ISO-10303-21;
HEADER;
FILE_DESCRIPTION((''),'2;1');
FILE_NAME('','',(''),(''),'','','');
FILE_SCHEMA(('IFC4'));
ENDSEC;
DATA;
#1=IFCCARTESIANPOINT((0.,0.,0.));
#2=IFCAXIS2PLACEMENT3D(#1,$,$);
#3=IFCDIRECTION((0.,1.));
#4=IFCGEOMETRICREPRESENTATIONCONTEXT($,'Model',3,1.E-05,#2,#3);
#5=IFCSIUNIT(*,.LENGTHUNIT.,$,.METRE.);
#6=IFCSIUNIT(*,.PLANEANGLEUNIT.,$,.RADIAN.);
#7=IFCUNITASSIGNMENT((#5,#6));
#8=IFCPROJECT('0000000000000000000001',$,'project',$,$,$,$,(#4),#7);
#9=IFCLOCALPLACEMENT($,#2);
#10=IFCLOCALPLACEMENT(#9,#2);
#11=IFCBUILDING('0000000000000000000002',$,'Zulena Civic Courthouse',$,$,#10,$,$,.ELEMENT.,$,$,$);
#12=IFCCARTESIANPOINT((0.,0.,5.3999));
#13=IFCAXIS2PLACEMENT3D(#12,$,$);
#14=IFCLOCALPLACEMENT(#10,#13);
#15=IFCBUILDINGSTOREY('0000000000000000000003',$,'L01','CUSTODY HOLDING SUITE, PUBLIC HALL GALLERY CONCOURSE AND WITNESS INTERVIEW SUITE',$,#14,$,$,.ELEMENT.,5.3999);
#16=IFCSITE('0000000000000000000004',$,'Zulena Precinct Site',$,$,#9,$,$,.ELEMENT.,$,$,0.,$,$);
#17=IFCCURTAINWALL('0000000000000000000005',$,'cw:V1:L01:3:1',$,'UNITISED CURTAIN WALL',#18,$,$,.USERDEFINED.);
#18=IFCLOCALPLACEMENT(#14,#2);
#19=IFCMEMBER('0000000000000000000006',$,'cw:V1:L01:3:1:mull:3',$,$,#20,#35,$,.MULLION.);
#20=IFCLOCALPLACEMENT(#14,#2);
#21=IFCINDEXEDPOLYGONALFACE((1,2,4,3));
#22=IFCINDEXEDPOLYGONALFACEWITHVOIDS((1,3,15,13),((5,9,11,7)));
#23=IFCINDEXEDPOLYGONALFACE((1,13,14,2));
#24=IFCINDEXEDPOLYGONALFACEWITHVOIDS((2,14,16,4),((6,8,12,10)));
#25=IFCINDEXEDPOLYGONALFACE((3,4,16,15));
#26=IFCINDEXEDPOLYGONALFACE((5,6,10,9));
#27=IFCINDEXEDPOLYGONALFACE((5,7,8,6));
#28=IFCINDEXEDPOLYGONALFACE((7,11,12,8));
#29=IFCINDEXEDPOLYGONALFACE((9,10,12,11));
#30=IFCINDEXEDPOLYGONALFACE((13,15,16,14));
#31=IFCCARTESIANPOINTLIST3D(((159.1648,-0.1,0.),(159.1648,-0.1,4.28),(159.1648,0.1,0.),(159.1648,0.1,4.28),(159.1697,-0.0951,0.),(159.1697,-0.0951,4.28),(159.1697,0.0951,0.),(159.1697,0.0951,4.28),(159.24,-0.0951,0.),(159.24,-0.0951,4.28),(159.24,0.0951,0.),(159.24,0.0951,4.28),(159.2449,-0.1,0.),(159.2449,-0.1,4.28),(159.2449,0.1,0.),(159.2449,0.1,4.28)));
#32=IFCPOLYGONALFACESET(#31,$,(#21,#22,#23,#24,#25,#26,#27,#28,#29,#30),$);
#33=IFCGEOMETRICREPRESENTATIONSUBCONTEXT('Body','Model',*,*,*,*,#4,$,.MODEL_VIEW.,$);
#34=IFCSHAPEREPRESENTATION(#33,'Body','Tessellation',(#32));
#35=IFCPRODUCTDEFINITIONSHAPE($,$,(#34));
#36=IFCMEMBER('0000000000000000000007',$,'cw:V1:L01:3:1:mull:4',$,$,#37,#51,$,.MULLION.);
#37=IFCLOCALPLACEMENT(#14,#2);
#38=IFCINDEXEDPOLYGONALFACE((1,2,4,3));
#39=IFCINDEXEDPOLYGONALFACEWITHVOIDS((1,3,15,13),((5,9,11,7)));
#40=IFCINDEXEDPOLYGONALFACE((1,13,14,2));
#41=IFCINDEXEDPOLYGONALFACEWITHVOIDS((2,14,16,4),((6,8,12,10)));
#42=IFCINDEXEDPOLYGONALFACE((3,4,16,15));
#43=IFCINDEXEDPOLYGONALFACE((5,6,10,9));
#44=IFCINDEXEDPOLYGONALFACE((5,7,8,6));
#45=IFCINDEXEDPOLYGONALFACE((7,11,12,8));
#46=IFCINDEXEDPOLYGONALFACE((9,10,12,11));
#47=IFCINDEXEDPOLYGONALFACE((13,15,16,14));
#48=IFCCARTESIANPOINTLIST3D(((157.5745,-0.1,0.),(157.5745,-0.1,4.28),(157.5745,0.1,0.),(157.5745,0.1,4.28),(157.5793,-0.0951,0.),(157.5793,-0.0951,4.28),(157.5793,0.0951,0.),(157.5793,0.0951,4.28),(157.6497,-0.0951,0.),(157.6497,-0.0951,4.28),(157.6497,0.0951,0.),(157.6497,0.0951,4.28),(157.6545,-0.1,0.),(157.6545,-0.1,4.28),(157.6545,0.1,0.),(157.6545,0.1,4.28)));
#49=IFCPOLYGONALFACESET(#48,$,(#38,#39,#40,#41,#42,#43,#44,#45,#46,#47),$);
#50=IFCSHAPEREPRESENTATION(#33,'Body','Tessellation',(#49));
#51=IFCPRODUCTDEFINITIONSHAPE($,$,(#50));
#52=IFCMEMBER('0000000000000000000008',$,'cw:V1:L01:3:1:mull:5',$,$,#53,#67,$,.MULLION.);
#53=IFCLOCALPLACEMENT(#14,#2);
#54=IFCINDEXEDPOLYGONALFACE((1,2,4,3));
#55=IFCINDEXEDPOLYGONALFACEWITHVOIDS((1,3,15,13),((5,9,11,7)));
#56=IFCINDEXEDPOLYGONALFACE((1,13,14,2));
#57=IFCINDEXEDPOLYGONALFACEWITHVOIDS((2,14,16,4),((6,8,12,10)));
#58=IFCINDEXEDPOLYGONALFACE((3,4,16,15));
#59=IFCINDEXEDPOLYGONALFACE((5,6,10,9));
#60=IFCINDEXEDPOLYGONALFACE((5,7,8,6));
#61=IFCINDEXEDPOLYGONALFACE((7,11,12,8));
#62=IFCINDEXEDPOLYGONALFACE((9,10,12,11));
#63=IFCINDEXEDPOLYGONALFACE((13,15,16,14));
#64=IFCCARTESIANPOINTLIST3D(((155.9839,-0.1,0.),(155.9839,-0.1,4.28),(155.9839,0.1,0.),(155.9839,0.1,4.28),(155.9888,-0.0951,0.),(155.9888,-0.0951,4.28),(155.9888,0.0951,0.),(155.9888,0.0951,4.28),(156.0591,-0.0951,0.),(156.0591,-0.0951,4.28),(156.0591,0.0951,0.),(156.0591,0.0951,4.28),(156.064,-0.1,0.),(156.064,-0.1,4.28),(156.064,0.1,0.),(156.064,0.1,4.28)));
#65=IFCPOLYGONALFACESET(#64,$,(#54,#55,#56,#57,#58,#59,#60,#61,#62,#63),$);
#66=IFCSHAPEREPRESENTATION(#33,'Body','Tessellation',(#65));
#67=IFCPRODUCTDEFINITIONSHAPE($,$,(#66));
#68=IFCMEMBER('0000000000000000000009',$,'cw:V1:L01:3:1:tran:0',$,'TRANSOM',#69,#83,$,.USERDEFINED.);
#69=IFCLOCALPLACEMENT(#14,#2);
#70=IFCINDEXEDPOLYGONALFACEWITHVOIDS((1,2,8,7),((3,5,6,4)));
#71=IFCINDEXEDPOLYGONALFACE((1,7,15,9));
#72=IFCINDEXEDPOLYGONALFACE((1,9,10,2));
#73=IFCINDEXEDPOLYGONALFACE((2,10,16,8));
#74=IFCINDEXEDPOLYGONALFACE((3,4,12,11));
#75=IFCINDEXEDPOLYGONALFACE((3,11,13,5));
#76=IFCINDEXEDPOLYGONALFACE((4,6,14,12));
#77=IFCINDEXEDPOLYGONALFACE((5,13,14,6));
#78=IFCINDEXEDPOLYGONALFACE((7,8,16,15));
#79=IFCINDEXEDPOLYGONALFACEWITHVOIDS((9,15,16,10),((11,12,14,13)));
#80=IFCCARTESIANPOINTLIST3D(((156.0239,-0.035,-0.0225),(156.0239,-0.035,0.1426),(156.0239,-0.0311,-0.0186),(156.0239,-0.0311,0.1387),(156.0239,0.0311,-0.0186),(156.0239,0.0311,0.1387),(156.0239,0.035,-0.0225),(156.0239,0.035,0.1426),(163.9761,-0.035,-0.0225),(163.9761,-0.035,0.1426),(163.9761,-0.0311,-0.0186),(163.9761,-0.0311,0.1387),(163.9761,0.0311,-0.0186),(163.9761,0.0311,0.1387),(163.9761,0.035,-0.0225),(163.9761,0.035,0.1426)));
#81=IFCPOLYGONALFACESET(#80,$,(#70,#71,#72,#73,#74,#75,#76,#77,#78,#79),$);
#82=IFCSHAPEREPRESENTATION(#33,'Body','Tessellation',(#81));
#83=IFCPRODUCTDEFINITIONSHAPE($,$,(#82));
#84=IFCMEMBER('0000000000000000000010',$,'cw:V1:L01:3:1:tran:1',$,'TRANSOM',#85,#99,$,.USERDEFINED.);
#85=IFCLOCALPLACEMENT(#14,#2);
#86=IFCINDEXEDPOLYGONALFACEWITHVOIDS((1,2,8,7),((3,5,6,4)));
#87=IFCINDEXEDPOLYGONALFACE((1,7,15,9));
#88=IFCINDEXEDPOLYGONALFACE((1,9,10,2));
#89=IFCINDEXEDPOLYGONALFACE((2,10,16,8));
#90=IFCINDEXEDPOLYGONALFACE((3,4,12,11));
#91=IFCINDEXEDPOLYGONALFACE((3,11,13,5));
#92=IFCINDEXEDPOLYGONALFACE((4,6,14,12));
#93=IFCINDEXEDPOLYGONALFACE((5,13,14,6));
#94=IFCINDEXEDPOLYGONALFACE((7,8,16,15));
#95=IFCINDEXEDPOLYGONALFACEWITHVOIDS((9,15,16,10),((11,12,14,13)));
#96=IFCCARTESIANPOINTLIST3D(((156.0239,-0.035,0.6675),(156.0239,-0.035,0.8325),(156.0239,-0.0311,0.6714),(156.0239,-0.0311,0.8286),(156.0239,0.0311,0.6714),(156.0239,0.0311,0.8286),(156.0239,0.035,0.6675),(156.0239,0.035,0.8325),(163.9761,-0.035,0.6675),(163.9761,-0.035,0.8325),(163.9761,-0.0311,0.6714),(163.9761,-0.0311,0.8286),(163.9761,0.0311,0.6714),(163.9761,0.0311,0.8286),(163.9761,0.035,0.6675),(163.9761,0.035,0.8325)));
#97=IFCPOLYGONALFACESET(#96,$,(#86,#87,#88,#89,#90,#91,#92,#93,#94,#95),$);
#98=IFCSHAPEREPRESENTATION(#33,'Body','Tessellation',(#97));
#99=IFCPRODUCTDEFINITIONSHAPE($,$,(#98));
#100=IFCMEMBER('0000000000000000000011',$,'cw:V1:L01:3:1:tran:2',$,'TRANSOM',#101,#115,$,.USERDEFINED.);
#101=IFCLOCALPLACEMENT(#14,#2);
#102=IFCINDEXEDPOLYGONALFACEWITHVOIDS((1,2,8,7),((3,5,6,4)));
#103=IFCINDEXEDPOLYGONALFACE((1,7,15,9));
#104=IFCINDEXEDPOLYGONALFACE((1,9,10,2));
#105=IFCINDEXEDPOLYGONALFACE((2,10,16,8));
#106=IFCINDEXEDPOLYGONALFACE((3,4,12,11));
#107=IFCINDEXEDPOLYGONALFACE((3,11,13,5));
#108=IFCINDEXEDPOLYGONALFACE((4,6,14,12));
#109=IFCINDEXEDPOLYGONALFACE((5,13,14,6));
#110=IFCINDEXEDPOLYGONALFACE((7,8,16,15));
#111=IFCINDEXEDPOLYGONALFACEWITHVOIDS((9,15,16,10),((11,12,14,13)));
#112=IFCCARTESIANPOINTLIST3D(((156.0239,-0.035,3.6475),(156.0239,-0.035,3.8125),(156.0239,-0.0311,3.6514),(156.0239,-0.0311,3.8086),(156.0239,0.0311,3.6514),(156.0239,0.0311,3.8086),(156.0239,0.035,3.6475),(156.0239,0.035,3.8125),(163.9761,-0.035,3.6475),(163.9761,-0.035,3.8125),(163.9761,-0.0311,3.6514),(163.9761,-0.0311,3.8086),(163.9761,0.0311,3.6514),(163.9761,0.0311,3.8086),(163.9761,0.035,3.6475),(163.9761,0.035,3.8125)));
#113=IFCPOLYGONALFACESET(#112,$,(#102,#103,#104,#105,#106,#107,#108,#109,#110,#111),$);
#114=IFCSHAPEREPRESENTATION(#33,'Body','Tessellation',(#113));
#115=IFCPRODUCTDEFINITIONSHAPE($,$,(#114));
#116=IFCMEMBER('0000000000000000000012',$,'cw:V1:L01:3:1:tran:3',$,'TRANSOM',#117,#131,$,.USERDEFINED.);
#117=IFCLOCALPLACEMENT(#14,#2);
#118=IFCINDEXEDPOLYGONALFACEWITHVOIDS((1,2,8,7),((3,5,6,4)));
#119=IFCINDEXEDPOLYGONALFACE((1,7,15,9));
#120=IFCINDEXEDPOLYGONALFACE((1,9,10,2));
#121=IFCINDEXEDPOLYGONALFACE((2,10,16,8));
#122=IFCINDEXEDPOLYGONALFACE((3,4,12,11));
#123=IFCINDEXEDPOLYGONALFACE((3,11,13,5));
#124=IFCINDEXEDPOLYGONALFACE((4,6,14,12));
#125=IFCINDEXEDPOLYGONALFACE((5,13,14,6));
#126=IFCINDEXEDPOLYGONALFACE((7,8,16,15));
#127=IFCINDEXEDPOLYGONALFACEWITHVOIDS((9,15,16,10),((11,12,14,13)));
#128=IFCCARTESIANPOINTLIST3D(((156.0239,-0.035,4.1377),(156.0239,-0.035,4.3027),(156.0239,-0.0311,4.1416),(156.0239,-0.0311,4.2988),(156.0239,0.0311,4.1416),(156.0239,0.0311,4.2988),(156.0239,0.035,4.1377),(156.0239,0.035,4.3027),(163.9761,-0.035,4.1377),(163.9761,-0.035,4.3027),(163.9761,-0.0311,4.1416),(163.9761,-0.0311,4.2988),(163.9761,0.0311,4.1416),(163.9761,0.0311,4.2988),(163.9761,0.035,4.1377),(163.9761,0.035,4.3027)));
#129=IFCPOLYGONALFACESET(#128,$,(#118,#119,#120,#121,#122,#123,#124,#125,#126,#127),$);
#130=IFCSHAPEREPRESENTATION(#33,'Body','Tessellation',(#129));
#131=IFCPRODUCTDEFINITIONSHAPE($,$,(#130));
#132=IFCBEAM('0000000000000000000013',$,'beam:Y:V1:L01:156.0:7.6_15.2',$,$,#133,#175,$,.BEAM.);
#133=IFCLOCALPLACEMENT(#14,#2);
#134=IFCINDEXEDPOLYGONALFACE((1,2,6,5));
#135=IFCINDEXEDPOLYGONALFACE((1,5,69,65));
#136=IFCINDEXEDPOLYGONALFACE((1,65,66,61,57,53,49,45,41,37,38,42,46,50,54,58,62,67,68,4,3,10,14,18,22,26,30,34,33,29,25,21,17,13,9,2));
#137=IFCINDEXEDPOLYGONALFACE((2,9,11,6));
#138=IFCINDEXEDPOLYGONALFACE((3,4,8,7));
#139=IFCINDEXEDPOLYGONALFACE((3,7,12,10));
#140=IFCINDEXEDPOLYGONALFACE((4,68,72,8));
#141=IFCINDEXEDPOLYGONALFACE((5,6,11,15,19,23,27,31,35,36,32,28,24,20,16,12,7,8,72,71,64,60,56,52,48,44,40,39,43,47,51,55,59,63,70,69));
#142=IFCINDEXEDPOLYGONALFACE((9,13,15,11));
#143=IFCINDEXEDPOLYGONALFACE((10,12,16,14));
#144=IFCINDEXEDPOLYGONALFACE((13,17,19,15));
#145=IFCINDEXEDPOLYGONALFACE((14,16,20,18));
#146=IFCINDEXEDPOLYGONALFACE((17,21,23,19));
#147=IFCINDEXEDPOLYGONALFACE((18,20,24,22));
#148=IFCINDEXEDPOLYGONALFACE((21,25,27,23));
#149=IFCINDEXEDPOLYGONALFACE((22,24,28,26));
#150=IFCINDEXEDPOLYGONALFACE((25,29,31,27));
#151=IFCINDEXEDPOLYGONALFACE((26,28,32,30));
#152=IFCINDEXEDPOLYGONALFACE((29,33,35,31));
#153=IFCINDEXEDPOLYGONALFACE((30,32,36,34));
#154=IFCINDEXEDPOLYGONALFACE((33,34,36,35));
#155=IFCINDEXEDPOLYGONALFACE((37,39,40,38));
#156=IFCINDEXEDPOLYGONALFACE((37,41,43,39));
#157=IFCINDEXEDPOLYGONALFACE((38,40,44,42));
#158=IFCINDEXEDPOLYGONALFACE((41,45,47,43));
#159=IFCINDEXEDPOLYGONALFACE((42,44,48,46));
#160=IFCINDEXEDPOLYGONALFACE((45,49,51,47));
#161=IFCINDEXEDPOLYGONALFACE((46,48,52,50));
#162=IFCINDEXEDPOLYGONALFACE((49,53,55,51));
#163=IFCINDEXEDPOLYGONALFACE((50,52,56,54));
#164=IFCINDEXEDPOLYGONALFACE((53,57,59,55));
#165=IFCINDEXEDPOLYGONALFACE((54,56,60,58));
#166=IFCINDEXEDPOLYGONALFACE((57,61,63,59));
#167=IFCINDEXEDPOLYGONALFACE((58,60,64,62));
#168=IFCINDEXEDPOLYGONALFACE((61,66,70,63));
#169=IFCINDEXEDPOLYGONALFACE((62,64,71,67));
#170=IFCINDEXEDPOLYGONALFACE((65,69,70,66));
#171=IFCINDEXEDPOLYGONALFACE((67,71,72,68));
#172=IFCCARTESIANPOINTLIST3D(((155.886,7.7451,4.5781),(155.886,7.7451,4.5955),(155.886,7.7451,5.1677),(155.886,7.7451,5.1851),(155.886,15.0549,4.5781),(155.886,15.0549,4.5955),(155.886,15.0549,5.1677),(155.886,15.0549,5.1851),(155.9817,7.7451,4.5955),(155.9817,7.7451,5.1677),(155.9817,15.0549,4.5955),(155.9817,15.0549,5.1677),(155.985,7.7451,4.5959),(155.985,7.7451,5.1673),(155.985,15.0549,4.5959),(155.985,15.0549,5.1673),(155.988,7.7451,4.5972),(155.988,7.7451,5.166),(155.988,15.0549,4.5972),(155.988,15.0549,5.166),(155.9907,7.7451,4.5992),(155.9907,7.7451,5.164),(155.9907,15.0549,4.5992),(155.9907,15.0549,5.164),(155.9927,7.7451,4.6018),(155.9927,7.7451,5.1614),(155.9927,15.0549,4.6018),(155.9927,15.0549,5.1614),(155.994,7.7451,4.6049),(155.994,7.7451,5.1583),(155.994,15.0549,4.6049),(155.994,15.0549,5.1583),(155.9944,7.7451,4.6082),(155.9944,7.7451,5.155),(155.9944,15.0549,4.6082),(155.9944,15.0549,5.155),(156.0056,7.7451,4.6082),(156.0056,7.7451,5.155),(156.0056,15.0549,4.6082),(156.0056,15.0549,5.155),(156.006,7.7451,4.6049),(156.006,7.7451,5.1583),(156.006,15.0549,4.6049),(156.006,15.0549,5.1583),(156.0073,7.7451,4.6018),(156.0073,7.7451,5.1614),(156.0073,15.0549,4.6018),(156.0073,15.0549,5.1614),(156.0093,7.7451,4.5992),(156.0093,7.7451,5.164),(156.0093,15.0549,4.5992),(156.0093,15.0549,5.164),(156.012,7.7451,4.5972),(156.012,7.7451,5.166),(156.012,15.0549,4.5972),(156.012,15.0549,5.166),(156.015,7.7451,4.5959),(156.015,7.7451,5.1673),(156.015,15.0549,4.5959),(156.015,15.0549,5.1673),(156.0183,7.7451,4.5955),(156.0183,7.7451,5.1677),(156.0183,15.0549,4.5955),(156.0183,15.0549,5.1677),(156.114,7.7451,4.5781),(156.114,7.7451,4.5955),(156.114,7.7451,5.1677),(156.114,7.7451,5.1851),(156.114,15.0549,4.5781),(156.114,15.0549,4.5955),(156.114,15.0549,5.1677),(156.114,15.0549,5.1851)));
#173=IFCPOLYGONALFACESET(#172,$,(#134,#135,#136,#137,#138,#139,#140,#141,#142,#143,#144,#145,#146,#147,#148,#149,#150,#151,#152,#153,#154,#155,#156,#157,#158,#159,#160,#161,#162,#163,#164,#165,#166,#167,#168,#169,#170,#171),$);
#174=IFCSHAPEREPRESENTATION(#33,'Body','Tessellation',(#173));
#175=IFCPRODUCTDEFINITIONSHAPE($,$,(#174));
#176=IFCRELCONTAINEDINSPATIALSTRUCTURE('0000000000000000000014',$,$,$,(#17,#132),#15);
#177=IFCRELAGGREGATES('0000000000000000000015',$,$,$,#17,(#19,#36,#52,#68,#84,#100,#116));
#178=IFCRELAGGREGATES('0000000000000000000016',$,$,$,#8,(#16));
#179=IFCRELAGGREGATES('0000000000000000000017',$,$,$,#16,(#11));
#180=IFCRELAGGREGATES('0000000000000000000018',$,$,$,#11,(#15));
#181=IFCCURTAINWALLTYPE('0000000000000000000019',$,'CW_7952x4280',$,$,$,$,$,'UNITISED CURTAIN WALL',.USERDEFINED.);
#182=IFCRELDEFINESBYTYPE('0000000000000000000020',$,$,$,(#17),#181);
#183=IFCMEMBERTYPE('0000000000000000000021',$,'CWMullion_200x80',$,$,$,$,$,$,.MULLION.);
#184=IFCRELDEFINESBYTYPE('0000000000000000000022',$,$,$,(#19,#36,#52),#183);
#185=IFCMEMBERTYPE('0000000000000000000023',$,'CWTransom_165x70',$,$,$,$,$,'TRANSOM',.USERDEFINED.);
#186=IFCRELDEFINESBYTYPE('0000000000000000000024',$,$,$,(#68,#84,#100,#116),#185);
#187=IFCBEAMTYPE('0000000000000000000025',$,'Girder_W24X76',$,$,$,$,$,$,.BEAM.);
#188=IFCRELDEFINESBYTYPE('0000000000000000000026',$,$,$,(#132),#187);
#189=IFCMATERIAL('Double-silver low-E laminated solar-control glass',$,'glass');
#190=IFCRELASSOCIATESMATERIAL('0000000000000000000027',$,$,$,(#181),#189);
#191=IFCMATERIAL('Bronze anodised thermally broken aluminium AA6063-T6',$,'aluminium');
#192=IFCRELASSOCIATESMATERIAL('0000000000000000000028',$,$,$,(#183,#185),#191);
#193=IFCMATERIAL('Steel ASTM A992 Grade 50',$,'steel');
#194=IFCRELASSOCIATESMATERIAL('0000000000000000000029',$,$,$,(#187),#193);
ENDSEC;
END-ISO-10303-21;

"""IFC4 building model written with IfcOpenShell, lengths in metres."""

from ifc_helpers import new_model, si_unit, direction, frame, origin, origin_2d, place, context, subcontext, project, spatial, hollow_rectangle, i_section, extrude, material, material_profile, profile_set, type_object, element, aggregate, save


model = new_model("IFC4")

# Units and contexts
model_context = context("Model", 3, precision=1e-05, world=origin(), true_north=direction((0.0, 1.0)))
body_context = subcontext(model_context, "Body", "Model", "MODEL_VIEW")
ifc_project = project(units=[si_unit("LENGTHUNIT", "METRE"), si_unit("PLANEANGLEUNIT", "RADIAN")], contexts=[model_context])

# Site, building, storey
site_placement = place(None, origin())
site = spatial("IfcSite", under=ifc_project, at=site_placement, Name="Zulena Precinct Site", CompositionType="ELEMENT", RefElevation=0.0)
building_placement = place(site_placement, origin())
building = spatial("IfcBuilding", under=site, at=building_placement, Name="Zulena Civic Courthouse", CompositionType="ELEMENT")
storey_placement = place(building_placement, frame((0.0, 0.0, 5.3999)))
storey = spatial("IfcBuildingStorey", under=building, at=storey_placement, Name="L01", Description="CUSTODY HOLDING SUITE, PUBLIC HALL GALLERY CONCOURSE AND WITNESS INTERVIEW SUITE", CompositionType="ELEMENT", Elevation=5.3999)

# Shared definitions
ifc_material_1 = material(Name="Steel ASTM A992 Grade 50", Category="steel")

# Curtain wall, members
ifc_material_2 = material(Name="Double-silver low-E laminated solar-control glass", Category="glass")
curtain_wall_type = type_object("IfcCurtainWallType", Name="CW_7952x4280", ElementType="UNITISED CURTAIN WALL", PredefinedType="USERDEFINED", material=ifc_material_2)
curtain_wall_placement = place(storey_placement, origin())
curtain_wall = element("IfcCurtainWall", 1, at=curtain_wall_placement, inside=storey, type_object=curtain_wall_type, Name="cw:V1:L01:3:1", ObjectType="UNITISED CURTAIN WALL", PredefinedType="USERDEFINED")
ifc_material_3 = material(Name="Bronze anodised thermally broken aluminium AA6063-T6", Category="aluminium")
ifc_material_profile_1 = material_profile(ifc_material_3, hollow_rectangle(XDim=0.0801, YDim=0.2, WallThickness=0.0049, at=origin_2d()), Name="CWM200X80X5")
ifc_profile_set_1 = profile_set([ifc_material_profile_1], Name="Bronze anodised thermally broken aluminium AA6063-T6")
member_type_1 = type_object("IfcMemberType", Name="CWMullion_200x80", PredefinedType="MULLION", material=ifc_profile_set_1)
member_1_placement = place(storey_placement, frame((159.2048, 0.0, 0.0), z_axis=(0.0, 0.0, 1.0), x_axis=(1.0, 0.0, 0.0)))
member_1 = element("IfcMember", 2, at=member_1_placement, type_object=member_type_1, Name="cw:V1:L01:3:1:mull:3", PredefinedType="MULLION", context=body_context, shape_type="SweptSolid", body=[
    extrude(hollow_rectangle(XDim=0.0801, YDim=0.2, WallThickness=0.0049, at=origin_2d()), origin(), (0.0, 0.0, 1.0), 4.28),
])
member_2_placement = place(storey_placement, frame((157.6145, 0.0, 0.0), z_axis=(0.0, 0.0, 1.0), x_axis=(1.0, 0.0, 0.0)))
member_2 = element("IfcMember", 3, at=member_2_placement, type_object=member_type_1, Name="cw:V1:L01:3:1:mull:4", PredefinedType="MULLION", context=body_context, shape_type="SweptSolid", body=[
    extrude(hollow_rectangle(XDim=0.0801, YDim=0.2, WallThickness=0.0049, at=origin_2d()), origin(), (0.0, 0.0, 1.0), 4.28),
])
member_3_placement = place(storey_placement, frame((156.0239, 0.0, 0.0), z_axis=(0.0, 0.0, 1.0), x_axis=(1.0, 0.0, 0.0)))
member_3 = element("IfcMember", 4, at=member_3_placement, type_object=member_type_1, Name="cw:V1:L01:3:1:mull:5", PredefinedType="MULLION", context=body_context, shape_type="SweptSolid", body=[
    extrude(hollow_rectangle(XDim=0.0801, YDim=0.2, WallThickness=0.0049, at=origin_2d()), origin(), (0.0, 0.0, 1.0), 4.28),
])
ifc_material_profile_2 = material_profile(ifc_material_3, hollow_rectangle(XDim=0.0701, YDim=0.165, WallThickness=0.0039, at=origin_2d()), Name="CWT165X70X4")
ifc_profile_set_2 = profile_set([ifc_material_profile_2], Name="Bronze anodised thermally broken aluminium AA6063-T6")
member_type_2 = type_object("IfcMemberType", Name="CWTransom_165x70", ElementType="TRANSOM", PredefinedType="USERDEFINED", material=ifc_profile_set_2)
member_4_placement = place(storey_placement, frame((163.9761, 0.0, 0.0601), z_axis=(-1.0, 0.0, 0.0), x_axis=(0.0, -1.0, 0.0)))
member_4 = element("IfcMember", 5, at=member_4_placement, type_object=member_type_2, Name="cw:V1:L01:3:1:tran:0", ObjectType="TRANSOM", PredefinedType="USERDEFINED", context=body_context, shape_type="SweptSolid", body=[
    extrude(hollow_rectangle(XDim=0.0701, YDim=0.165, WallThickness=0.0039, at=origin_2d()), origin(), (0.0, 0.0, 1.0), 7.9521),
])
member_5_placement = place(storey_placement, frame((163.9761, 0.0, 0.75), z_axis=(-1.0, 0.0, 0.0), x_axis=(0.0, -1.0, 0.0)))
member_5 = element("IfcMember", 6, at=member_5_placement, type_object=member_type_2, Name="cw:V1:L01:3:1:tran:1", ObjectType="TRANSOM", PredefinedType="USERDEFINED", context=body_context, shape_type="SweptSolid", body=[
    extrude(hollow_rectangle(XDim=0.0701, YDim=0.165, WallThickness=0.0039, at=origin_2d()), origin(), (0.0, 0.0, 1.0), 7.9521),
])
member_6_placement = place(storey_placement, frame((163.9761, 0.0, 3.73), z_axis=(-1.0, 0.0, 0.0), x_axis=(0.0, -1.0, 0.0)))
member_6 = element("IfcMember", 7, at=member_6_placement, type_object=member_type_2, Name="cw:V1:L01:3:1:tran:2", ObjectType="TRANSOM", PredefinedType="USERDEFINED", context=body_context, shape_type="SweptSolid", body=[
    extrude(hollow_rectangle(XDim=0.0701, YDim=0.165, WallThickness=0.0039, at=origin_2d()), origin(), (0.0, 0.0, 1.0), 7.9521),
])
member_7_placement = place(storey_placement, frame((163.9761, 0.0, 4.2202), z_axis=(-1.0, 0.0, 0.0), x_axis=(0.0, -1.0, 0.0)))
member_7 = element("IfcMember", 8, at=member_7_placement, type_object=member_type_2, Name="cw:V1:L01:3:1:tran:3", ObjectType="TRANSOM", PredefinedType="USERDEFINED", context=body_context, shape_type="SweptSolid", body=[
    extrude(hollow_rectangle(XDim=0.0701, YDim=0.165, WallThickness=0.0039, at=origin_2d()), origin(), (0.0, 0.0, 1.0), 7.9521),
])

# Beam
ifc_material_profile_3 = material_profile(ifc_material_1, i_section(OverallWidth=0.228, OverallDepth=0.6069, WebThickness=0.0112, FlangeThickness=0.0173, FilletRadius=0.0127, at=origin_2d()), Name="W24X76")
ifc_profile_set_3 = profile_set([ifc_material_profile_3], Name="Steel ASTM A992 Grade 50")
beam_type_1 = type_object("IfcBeamType", Name="Girder_W24X76", PredefinedType="BEAM", material=ifc_profile_set_3)
beam_1_placement = place(storey_placement, frame((156.0, 7.7451, 4.8816), z_axis=(0.0, 1.0, 0.0), x_axis=(-1.0, 0.0, 0.0)))
element("IfcBeam", 9, at=beam_1_placement, inside=storey, type_object=beam_type_1, Name="beam:Y:V1:L01:156.0:7.6_15.2", PredefinedType="BEAM", context=body_context, shape_type="SweptSolid", body=[
    extrude(i_section(OverallWidth=0.228, OverallDepth=0.6069, WebThickness=0.0112, FlangeThickness=0.0173, FilletRadius=0.0127, at=origin_2d()), origin(), (0.0, 0.0, 1.0), 7.3098),
])

aggregate(curtain_wall, [member_1, member_2, member_3, member_4, member_5, member_6, member_7])

save(model, "model.ifc")
